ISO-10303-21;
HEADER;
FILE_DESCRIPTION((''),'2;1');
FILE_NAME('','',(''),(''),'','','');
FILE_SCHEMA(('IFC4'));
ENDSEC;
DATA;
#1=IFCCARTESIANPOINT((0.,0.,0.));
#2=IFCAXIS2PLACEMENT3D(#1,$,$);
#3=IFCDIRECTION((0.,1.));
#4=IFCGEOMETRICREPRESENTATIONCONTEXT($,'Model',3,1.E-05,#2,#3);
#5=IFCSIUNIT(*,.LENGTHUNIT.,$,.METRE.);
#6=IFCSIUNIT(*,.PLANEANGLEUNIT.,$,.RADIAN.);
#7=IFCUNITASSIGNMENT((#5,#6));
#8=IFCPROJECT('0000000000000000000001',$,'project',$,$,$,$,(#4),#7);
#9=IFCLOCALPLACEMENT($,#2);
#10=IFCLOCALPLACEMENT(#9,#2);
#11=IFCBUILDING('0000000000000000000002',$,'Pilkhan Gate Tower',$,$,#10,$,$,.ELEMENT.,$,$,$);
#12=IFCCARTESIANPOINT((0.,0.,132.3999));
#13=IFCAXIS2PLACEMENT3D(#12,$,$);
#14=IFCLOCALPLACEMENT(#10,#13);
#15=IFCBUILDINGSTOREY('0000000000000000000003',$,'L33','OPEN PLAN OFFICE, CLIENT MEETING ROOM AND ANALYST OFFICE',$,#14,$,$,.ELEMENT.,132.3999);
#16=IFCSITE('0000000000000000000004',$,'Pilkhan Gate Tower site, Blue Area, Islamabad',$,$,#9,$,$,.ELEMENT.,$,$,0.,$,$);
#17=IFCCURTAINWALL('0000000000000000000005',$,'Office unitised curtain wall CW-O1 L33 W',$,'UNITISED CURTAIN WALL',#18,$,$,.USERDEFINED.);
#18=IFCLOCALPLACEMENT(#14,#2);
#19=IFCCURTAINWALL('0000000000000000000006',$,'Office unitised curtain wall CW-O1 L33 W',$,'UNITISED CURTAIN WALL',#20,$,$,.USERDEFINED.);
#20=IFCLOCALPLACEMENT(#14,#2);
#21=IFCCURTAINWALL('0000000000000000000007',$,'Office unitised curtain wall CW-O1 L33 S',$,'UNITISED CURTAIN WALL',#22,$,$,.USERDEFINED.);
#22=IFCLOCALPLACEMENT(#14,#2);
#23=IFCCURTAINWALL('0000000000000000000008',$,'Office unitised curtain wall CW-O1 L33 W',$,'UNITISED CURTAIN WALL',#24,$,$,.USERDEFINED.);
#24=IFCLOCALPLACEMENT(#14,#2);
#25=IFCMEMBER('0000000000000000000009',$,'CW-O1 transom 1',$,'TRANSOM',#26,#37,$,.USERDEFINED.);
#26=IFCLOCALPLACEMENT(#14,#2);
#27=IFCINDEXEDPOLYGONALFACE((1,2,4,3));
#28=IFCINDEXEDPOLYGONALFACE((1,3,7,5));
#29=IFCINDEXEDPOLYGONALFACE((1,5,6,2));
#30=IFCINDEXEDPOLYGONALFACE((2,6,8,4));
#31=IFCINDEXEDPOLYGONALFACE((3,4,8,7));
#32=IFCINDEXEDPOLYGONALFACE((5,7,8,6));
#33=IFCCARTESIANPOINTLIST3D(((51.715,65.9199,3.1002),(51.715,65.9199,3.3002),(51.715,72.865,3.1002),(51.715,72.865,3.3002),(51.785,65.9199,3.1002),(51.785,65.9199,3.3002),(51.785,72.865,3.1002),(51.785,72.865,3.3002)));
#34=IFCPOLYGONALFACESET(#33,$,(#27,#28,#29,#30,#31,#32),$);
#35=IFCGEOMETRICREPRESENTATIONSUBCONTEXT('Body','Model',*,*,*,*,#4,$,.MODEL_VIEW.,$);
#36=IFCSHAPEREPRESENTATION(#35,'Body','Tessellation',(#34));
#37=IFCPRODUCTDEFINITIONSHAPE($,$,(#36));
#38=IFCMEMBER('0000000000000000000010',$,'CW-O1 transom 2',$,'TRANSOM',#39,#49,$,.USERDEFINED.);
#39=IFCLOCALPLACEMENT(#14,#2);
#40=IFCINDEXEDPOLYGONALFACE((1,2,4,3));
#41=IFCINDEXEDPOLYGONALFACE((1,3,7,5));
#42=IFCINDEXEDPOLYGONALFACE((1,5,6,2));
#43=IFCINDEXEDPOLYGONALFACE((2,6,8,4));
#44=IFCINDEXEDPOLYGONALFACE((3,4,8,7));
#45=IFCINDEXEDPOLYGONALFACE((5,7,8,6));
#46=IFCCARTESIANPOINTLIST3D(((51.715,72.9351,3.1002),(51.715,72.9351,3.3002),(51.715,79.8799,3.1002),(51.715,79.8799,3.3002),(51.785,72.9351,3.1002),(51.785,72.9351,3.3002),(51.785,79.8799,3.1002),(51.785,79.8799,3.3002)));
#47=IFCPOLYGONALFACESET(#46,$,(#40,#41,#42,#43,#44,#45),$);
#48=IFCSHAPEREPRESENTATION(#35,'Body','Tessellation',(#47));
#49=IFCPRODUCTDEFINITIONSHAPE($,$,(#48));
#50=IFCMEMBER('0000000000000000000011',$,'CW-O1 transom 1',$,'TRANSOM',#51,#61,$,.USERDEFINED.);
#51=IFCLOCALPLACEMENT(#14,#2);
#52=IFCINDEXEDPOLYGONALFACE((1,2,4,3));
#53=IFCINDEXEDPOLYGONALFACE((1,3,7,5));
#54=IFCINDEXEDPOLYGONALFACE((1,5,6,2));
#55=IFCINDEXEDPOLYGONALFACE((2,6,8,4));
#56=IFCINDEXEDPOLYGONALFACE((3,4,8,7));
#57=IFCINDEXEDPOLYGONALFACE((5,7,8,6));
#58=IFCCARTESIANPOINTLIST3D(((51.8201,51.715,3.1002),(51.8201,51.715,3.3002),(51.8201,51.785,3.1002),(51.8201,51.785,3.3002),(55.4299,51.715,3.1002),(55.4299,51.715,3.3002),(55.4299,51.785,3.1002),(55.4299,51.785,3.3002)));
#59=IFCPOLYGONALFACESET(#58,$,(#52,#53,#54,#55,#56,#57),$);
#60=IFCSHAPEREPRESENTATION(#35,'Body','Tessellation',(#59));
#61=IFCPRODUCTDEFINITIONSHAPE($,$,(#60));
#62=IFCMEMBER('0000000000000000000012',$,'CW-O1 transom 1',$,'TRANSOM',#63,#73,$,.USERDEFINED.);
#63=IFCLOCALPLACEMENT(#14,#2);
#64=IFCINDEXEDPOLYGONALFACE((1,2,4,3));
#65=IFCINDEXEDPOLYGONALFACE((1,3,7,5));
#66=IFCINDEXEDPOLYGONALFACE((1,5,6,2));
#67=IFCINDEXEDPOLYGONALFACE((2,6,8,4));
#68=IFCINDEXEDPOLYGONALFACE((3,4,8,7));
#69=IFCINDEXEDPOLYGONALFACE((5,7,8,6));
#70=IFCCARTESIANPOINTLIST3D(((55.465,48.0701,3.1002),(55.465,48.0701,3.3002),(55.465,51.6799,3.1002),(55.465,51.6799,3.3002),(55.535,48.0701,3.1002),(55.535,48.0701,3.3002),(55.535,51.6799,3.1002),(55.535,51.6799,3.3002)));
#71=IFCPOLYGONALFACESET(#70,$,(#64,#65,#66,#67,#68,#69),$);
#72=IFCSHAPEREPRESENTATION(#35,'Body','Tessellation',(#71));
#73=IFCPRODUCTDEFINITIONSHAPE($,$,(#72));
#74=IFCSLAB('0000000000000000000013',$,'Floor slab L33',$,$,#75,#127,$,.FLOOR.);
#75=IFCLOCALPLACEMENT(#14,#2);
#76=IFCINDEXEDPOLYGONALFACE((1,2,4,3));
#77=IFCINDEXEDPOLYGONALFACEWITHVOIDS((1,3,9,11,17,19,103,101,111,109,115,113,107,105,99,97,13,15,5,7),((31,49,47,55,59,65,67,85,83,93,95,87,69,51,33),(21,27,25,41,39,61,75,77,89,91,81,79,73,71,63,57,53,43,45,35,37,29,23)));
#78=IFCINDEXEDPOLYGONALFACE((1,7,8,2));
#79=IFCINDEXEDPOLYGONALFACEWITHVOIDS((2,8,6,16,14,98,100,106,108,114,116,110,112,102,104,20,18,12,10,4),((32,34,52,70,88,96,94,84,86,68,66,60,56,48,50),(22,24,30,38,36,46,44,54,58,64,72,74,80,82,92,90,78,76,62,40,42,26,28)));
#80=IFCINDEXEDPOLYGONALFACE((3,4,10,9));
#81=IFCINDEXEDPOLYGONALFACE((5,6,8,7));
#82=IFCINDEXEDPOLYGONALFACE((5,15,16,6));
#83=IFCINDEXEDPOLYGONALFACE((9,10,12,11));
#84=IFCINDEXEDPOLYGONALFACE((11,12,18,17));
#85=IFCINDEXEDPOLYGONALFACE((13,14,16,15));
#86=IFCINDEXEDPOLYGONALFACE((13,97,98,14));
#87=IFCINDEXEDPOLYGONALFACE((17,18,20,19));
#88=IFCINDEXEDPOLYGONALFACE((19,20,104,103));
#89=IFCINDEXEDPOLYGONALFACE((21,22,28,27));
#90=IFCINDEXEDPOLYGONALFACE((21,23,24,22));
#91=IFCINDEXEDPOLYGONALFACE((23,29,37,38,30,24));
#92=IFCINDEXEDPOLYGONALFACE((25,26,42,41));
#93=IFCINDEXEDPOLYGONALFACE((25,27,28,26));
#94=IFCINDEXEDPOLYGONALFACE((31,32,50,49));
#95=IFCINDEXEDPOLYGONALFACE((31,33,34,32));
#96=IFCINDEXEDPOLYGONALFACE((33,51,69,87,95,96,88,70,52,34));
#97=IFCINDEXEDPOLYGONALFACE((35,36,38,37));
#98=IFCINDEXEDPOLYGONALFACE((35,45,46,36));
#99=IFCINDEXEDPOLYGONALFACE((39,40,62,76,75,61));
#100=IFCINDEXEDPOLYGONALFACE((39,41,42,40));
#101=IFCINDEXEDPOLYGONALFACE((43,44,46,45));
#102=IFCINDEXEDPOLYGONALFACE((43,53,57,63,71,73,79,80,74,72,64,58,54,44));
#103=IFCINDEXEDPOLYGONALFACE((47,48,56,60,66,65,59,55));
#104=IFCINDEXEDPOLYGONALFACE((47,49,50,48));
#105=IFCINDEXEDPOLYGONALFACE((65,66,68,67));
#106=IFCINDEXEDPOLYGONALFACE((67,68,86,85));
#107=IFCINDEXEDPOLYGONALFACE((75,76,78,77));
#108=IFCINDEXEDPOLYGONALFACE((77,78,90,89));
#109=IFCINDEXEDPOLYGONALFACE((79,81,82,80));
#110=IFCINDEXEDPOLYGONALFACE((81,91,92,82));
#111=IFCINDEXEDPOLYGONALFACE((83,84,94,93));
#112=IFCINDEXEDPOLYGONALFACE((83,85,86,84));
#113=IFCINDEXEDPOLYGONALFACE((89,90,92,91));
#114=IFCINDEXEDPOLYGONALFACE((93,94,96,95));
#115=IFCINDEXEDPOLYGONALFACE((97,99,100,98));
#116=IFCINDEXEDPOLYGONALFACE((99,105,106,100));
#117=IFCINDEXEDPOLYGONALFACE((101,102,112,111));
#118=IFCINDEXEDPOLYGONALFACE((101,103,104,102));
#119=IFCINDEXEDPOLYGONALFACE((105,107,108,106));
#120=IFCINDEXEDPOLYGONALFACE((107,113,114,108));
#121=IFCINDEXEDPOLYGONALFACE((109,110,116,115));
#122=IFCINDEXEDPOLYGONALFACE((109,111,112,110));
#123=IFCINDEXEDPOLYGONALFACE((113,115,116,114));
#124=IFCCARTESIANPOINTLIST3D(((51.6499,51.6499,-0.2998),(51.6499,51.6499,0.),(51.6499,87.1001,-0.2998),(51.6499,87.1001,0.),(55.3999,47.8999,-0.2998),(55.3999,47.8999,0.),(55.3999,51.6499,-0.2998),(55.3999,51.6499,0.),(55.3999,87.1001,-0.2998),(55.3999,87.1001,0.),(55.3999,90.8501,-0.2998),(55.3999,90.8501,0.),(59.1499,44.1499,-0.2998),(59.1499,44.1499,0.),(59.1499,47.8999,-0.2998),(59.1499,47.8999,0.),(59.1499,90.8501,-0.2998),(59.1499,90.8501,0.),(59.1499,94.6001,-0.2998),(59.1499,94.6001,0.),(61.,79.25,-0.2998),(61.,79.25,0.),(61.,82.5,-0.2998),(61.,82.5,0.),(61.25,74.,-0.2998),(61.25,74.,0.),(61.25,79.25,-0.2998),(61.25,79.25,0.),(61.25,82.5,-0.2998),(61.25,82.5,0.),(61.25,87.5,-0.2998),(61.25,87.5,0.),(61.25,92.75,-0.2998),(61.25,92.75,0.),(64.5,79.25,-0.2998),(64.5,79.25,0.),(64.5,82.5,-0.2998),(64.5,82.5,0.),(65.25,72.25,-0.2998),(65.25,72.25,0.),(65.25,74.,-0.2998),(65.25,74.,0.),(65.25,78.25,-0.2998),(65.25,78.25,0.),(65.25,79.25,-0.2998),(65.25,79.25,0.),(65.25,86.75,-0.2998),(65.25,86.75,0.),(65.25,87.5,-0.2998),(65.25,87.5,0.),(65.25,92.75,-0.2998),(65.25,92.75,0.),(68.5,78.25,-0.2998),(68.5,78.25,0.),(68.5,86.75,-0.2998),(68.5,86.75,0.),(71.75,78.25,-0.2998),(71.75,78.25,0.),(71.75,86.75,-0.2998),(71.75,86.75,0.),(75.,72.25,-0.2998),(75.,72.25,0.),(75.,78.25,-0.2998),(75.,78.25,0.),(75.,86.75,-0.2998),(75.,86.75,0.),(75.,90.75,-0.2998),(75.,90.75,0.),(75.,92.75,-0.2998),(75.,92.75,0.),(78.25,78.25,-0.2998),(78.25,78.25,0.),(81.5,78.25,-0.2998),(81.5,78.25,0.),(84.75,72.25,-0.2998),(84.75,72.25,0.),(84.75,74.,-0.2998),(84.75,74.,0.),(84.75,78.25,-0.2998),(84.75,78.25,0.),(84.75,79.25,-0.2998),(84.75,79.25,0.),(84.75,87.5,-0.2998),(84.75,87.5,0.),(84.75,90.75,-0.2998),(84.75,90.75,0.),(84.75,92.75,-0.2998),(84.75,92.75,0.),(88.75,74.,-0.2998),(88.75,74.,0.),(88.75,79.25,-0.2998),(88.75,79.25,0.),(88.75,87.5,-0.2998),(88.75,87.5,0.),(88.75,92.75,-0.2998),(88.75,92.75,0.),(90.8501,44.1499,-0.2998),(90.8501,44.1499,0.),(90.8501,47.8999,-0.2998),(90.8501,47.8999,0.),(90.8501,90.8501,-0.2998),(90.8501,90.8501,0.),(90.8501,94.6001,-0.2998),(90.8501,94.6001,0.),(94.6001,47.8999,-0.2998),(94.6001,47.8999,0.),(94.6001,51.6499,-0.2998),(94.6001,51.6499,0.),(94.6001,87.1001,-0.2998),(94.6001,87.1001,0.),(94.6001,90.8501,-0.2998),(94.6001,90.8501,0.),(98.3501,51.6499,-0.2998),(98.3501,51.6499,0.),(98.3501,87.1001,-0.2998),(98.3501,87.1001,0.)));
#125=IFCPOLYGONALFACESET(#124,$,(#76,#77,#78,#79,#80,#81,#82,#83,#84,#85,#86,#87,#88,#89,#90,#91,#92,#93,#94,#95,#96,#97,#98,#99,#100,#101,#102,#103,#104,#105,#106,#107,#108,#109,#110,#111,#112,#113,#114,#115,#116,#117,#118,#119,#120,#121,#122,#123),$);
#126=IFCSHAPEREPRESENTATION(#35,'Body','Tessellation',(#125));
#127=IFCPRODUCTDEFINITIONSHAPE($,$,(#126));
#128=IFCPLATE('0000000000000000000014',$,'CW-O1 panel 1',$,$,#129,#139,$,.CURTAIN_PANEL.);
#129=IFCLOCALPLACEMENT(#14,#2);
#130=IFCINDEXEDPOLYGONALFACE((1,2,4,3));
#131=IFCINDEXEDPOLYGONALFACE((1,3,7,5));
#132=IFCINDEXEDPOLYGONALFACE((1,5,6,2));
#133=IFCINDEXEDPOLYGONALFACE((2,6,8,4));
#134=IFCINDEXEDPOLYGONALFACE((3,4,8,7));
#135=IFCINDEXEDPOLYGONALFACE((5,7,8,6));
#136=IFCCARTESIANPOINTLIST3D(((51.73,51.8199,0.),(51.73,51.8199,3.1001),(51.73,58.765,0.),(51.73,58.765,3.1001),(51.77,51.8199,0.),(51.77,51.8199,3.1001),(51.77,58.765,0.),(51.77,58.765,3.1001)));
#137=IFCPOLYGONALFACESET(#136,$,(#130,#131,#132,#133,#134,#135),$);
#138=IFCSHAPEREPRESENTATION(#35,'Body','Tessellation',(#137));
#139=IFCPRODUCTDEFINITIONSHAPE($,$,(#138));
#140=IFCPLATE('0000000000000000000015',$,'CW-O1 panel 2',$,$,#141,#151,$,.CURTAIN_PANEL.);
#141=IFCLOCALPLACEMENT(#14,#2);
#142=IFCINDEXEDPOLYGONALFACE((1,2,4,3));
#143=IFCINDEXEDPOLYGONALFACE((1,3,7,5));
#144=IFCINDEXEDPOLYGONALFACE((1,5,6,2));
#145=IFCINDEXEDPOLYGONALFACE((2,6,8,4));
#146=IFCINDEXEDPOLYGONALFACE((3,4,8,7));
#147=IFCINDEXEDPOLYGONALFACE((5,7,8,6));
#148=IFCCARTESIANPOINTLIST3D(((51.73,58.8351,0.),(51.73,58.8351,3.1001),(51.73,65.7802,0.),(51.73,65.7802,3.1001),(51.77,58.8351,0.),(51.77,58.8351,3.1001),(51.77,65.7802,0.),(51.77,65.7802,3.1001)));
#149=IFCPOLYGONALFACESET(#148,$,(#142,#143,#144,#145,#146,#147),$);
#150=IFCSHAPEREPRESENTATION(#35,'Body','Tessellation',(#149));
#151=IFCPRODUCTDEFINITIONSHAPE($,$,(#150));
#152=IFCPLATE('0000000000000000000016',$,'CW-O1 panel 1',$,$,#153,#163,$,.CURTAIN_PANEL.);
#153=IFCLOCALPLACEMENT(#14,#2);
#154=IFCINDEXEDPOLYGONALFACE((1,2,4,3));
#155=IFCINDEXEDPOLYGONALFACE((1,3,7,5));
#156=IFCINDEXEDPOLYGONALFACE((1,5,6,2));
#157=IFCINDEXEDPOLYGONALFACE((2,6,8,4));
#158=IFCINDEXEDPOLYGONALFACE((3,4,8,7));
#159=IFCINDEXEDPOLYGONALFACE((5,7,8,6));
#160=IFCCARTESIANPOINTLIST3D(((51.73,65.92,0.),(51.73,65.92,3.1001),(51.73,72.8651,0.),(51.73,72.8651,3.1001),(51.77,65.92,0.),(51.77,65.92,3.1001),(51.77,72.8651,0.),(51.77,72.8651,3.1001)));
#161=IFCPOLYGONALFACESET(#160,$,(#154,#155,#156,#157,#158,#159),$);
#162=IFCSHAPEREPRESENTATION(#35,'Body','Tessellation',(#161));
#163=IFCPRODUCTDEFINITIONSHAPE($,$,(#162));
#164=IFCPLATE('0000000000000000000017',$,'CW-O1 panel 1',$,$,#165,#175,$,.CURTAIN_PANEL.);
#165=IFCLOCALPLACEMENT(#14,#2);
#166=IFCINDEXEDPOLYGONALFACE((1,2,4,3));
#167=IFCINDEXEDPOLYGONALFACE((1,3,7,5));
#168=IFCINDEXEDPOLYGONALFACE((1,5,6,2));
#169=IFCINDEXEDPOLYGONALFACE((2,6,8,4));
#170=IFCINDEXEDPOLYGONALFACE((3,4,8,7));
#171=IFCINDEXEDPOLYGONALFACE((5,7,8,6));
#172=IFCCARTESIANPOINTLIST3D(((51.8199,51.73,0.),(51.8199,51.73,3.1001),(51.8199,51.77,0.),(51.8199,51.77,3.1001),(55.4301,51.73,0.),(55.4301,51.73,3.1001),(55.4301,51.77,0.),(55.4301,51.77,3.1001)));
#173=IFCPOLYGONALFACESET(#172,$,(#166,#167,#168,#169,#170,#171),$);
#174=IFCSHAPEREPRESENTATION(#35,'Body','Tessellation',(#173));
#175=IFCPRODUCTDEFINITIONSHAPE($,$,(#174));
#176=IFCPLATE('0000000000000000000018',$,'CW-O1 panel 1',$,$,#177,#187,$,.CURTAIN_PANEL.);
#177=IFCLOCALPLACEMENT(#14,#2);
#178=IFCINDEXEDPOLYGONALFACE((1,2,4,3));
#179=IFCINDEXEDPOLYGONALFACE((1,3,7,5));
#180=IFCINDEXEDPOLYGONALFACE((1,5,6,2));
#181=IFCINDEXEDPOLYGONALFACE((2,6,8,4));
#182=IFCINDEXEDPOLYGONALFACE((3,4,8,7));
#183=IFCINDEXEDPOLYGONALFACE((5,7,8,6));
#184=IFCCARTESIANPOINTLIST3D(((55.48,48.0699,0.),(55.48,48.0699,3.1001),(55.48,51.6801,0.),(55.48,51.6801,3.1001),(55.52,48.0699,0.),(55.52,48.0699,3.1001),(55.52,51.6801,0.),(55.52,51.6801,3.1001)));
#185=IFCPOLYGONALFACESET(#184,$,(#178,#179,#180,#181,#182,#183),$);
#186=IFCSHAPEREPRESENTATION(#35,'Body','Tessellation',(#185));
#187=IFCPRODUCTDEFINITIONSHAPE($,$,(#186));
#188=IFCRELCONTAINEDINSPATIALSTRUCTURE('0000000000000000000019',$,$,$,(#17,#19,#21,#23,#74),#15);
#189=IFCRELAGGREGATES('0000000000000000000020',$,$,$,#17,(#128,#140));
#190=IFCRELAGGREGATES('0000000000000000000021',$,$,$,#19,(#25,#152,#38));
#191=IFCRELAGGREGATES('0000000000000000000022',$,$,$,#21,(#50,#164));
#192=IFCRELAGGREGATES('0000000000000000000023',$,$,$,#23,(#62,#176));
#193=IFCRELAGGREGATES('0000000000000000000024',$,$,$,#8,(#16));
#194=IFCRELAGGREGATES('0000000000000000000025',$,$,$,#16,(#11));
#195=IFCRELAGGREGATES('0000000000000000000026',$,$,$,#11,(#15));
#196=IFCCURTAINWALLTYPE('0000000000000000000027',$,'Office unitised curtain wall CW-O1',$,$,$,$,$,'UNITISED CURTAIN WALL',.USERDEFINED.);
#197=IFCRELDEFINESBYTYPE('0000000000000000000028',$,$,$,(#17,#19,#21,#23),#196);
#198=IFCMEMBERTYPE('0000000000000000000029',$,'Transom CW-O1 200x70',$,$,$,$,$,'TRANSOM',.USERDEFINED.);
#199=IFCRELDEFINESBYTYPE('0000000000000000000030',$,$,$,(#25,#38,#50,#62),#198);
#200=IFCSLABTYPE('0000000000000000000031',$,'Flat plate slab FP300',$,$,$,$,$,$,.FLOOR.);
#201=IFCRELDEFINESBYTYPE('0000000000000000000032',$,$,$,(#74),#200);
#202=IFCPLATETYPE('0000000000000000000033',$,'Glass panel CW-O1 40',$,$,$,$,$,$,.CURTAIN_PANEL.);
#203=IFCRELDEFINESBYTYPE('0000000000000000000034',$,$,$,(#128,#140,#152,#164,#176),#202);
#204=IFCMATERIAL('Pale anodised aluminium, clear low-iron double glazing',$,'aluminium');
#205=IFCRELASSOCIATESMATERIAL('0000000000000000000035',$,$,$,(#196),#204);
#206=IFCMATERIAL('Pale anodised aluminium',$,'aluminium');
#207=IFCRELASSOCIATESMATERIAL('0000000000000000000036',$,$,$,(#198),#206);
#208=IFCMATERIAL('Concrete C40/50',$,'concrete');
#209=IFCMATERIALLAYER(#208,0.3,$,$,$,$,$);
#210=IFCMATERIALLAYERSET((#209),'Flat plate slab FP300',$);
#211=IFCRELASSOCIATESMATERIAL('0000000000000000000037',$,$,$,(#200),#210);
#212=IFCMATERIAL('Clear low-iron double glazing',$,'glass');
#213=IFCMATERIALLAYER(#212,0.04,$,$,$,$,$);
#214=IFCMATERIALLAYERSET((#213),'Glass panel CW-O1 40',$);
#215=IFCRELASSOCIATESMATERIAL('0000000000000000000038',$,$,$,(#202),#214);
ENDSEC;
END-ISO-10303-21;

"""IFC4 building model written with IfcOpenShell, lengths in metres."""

from ifc_helpers import new_model, si_unit, direction, frame, origin, origin_2d, place, context, subcontext, project, spatial, polyline, rectangle, outline, extrude, material, layer, layer_set, material_profile, profile_set, type_object, element, aggregate, save


model = new_model("IFC4")

# Units and contexts
model_context = context("Model", 3, precision=1e-05, world=origin(), true_north=direction((0.0, 1.0)))
body_context = subcontext(model_context, "Body", "Model", "MODEL_VIEW")
ifc_project = project(units=[si_unit("LENGTHUNIT", "METRE"), si_unit("PLANEANGLEUNIT", "RADIAN")], contexts=[model_context])

# Site, building, storey
site_placement = place(None, origin())
site = spatial("IfcSite", under=ifc_project, at=site_placement, Name="Pilkhan Gate Tower site, Blue Area, Islamabad", CompositionType="ELEMENT", RefElevation=0.0)
building_placement = place(site_placement, origin())
building = spatial("IfcBuilding", under=site, at=building_placement, Name="Pilkhan Gate Tower", CompositionType="ELEMENT")
storey_placement = place(building_placement, frame((0.0, 0.0, 132.3999)))
storey = spatial("IfcBuildingStorey", under=building, at=storey_placement, Name="L33", Description="OPEN PLAN OFFICE, CLIENT MEETING ROOM AND ANALYST OFFICE", CompositionType="ELEMENT", Elevation=132.3999)

# Curtain walls
ifc_material_1 = material(Name="Pale anodised aluminium, clear low-iron double glazing", Category="aluminium")
curtain_wall_type = type_object("IfcCurtainWallType", Name="Office unitised curtain wall CW-O1", ElementType="UNITISED CURTAIN WALL", PredefinedType="USERDEFINED", material=ifc_material_1)
curtain_wall_1_placement = place(storey_placement, origin())
curtain_wall_1 = element("IfcCurtainWall", 1, at=curtain_wall_1_placement, inside=storey, type_object=curtain_wall_type, Name="Office unitised curtain wall CW-O1 L33 W", ObjectType="UNITISED CURTAIN WALL", PredefinedType="USERDEFINED")
ifc_material_2 = material(Name="Pale anodised aluminium", Category="aluminium")
curtain_wall_2_placement = place(storey_placement, origin())
curtain_wall_2 = element("IfcCurtainWall", 2, at=curtain_wall_2_placement, inside=storey, type_object=curtain_wall_type, Name="Office unitised curtain wall CW-O1 L33 W", ObjectType="UNITISED CURTAIN WALL", PredefinedType="USERDEFINED")
curtain_wall_3_placement = place(storey_placement, origin())
curtain_wall_3 = element("IfcCurtainWall", 3, at=curtain_wall_3_placement, inside=storey, type_object=curtain_wall_type, Name="Office unitised curtain wall CW-O1 L33 S", ObjectType="UNITISED CURTAIN WALL", PredefinedType="USERDEFINED")
curtain_wall_4_placement = place(storey_placement, origin())
curtain_wall_4 = element("IfcCurtainWall", 4, at=curtain_wall_4_placement, inside=storey, type_object=curtain_wall_type, Name="Office unitised curtain wall CW-O1 L33 W", ObjectType="UNITISED CURTAIN WALL", PredefinedType="USERDEFINED")

# Members
ifc_material_profile_1 = material_profile(ifc_material_2, rectangle(XDim=0.0701, YDim=0.2, at=origin_2d()), Name="Transom 200x70")
ifc_profile_set_1 = profile_set([ifc_material_profile_1], Name="Pale anodised aluminium")
member_type_1 = type_object("IfcMemberType", Name="Transom CW-O1 200x70", ElementType="TRANSOM", PredefinedType="USERDEFINED", material=ifc_profile_set_1)
member_1_placement = place(storey_placement, frame((51.75, 65.9199, 3.2002), z_axis=(0.0, 1.0, 0.0), x_axis=(-1.0, 0.0, 0.0)))
member_1 = element("IfcMember", 5, at=member_1_placement, type_object=member_type_1, Name="CW-O1 transom 1", ObjectType="TRANSOM", PredefinedType="USERDEFINED", context=body_context, shape_type="SweptSolid", body=[
    extrude(rectangle(XDim=0.0701, YDim=0.2, at=origin_2d()), origin(), (0.0, 0.0, 1.0), 6.9451),
])
member_2_placement = place(storey_placement, frame((51.75, 72.9351, 3.2002), z_axis=(0.0, 1.0, 0.0), x_axis=(-1.0, 0.0, 0.0)))
member_2 = element("IfcMember", 6, at=member_2_placement, type_object=member_type_1, Name="CW-O1 transom 2", ObjectType="TRANSOM", PredefinedType="USERDEFINED", context=body_context, shape_type="SweptSolid", body=[
    extrude(rectangle(XDim=0.0701, YDim=0.2, at=origin_2d()), origin(), (0.0, 0.0, 1.0), 6.9448),
])
member_3_placement = place(storey_placement, frame((51.8201, 51.75, 3.2002), z_axis=(1.0, 0.0, 0.0), x_axis=(0.0, 1.0, 0.0)))
member_3 = element("IfcMember", 7, at=member_3_placement, type_object=member_type_1, Name="CW-O1 transom 1", ObjectType="TRANSOM", PredefinedType="USERDEFINED", context=body_context, shape_type="SweptSolid", body=[
    extrude(rectangle(XDim=0.0701, YDim=0.2, at=origin_2d()), origin(), (0.0, 0.0, 1.0), 3.6099),
])
member_4_placement = place(storey_placement, frame((55.5, 48.0701, 3.2002), z_axis=(0.0, 1.0, 0.0), x_axis=(-1.0, 0.0, 0.0)))
member_4 = element("IfcMember", 8, at=member_4_placement, type_object=member_type_1, Name="CW-O1 transom 1", ObjectType="TRANSOM", PredefinedType="USERDEFINED", context=body_context, shape_type="SweptSolid", body=[
    extrude(rectangle(XDim=0.0701, YDim=0.2, at=origin_2d()), origin(), (0.0, 0.0, 1.0), 3.6099),
])

# Slab
ifc_material_3 = material(Name="Concrete C40/50", Category="concrete")
ifc_layer_1 = layer(ifc_material_3, 0.3)
ifc_layer_set_1 = layer_set([ifc_layer_1], Name="Flat plate slab FP300")
slab_type_1 = type_object("IfcSlabType", Name="Flat plate slab FP300", PredefinedType="FLOOR", material=ifc_layer_set_1)
slab_1_placement = place(storey_placement, frame((0.0, 0.0, -0.2998)))
element("IfcSlab", 9, at=slab_1_placement, inside=storey, type_object=slab_type_1, Name="Floor slab L33", PredefinedType="FLOOR", context=body_context, shape_type="SweptSolid", body=[
    extrude(outline(polyline([(94.6001, 47.8999), (90.8501, 47.8999), (90.8501, 44.1499), (59.1499, 44.1499), (59.1499, 47.8999), (55.3999, 47.8999), (55.3999, 51.6499), (51.6499, 51.6499), (51.6499, 87.1001), (55.3999, 87.1001), (55.3999, 90.8501), (59.1499, 90.8501), (59.1499, 94.6001), (90.8501, 94.6001), (90.8501, 90.8501), (94.6001, 90.8501), (94.6001, 87.1001), (98.3501, 87.1001), (98.3501, 51.6499), (94.6001, 51.6499), (94.6001, 47.8999)]), holes=[polyline([(65.25, 87.5), (65.25, 86.75), (68.5, 86.75), (71.75, 86.75), (75.0, 86.75), (75.0, 90.75), (84.75, 90.75), (84.75, 87.5), (88.75, 87.5), (88.75, 92.75), (84.75, 92.75), (75.0, 92.75), (65.25, 92.75), (61.25, 92.75), (61.25, 87.5), (65.25, 87.5)]), polyline([(75.0, 72.25), (84.75, 72.25), (84.75, 74.0), (88.75, 74.0), (88.75, 79.25), (84.75, 79.25), (84.75, 78.25), (81.5, 78.25), (78.25, 78.25), (75.0, 78.25), (71.75, 78.25), (68.5, 78.25), (65.25, 78.25), (65.25, 79.25), (64.5, 79.25), (64.5, 82.5), (61.25, 82.5), (61.0, 82.5), (61.0, 79.25), (61.25, 79.25), (61.25, 74.0), (65.25, 74.0), (65.25, 72.25), (75.0, 72.25)])]), origin(), (0.0, 0.0, 1.0), 0.2998),
])

# Plates
ifc_material_4 = material(Name="Clear low-iron double glazing", Category="glass")
ifc_layer_2 = layer(ifc_material_4, 0.04)
ifc_layer_set_2 = layer_set([ifc_layer_2], Name="Glass panel CW-O1 40")
plate_type = type_object("IfcPlateType", Name="Glass panel CW-O1 40", PredefinedType="CURTAIN_PANEL", material=ifc_layer_set_2)
plate_1_placement = place(storey_placement, frame((51.75, 55.2925, 0.0), z_axis=(0.0, 0.0, 1.0), x_axis=(0.0, 1.0, 0.0)))
plate_1 = element("IfcPlate", 10, at=plate_1_placement, type_object=plate_type, Name="CW-O1 panel 1", PredefinedType="CURTAIN_PANEL", context=body_context, shape_type="SweptSolid", body=[
    extrude(rectangle(XDim=6.9451, YDim=0.04, at=origin_2d()), origin(), (0.0, 0.0, 1.0), 3.1001),
])
plate_2_placement = place(storey_placement, frame((51.75, 62.3076, 0.0), z_axis=(0.0, 0.0, 1.0), x_axis=(0.0, 1.0, 0.0)))
plate_2 = element("IfcPlate", 11, at=plate_2_placement, type_object=plate_type, Name="CW-O1 panel 2", PredefinedType="CURTAIN_PANEL", context=body_context, shape_type="SweptSolid", body=[
    extrude(rectangle(XDim=6.9451, YDim=0.04, at=origin_2d()), origin(), (0.0, 0.0, 1.0), 3.1001),
])
aggregate(curtain_wall_1, [plate_1, plate_2])
plate_3_placement = place(storey_placement, frame((51.75, 69.3926, 0.0), z_axis=(0.0, 0.0, 1.0), x_axis=(0.0, 1.0, 0.0)))
plate_3 = element("IfcPlate", 12, at=plate_3_placement, type_object=plate_type, Name="CW-O1 panel 1", PredefinedType="CURTAIN_PANEL", context=body_context, shape_type="SweptSolid", body=[
    extrude(rectangle(XDim=6.9451, YDim=0.04, at=origin_2d()), origin(), (0.0, 0.0, 1.0), 3.1001),
])
aggregate(curtain_wall_2, [member_1, plate_3, member_2])
plate_4_placement = place(storey_placement, frame((53.625, 51.75, 0.0), z_axis=(0.0, 0.0, 1.0), x_axis=(1.0, 0.0, 0.0)))
plate_4 = element("IfcPlate", 13, at=plate_4_placement, type_object=plate_type, Name="CW-O1 panel 1", PredefinedType="CURTAIN_PANEL", context=body_context, shape_type="SweptSolid", body=[
    extrude(rectangle(XDim=3.6101, YDim=0.04, at=origin_2d()), origin(), (0.0, 0.0, 1.0), 3.1001),
])
aggregate(curtain_wall_3, [member_3, plate_4])
plate_5_placement = place(storey_placement, frame((55.5, 49.875, 0.0), z_axis=(0.0, 0.0, 1.0), x_axis=(0.0, 1.0, 0.0)))
plate_5 = element("IfcPlate", 14, at=plate_5_placement, type_object=plate_type, Name="CW-O1 panel 1", PredefinedType="CURTAIN_PANEL", context=body_context, shape_type="SweptSolid", body=[
    extrude(rectangle(XDim=3.6101, YDim=0.04, at=origin_2d()), origin(), (0.0, 0.0, 1.0), 3.1001),
])
aggregate(curtain_wall_4, [member_4, plate_5])

save(model, "model.ifc")
